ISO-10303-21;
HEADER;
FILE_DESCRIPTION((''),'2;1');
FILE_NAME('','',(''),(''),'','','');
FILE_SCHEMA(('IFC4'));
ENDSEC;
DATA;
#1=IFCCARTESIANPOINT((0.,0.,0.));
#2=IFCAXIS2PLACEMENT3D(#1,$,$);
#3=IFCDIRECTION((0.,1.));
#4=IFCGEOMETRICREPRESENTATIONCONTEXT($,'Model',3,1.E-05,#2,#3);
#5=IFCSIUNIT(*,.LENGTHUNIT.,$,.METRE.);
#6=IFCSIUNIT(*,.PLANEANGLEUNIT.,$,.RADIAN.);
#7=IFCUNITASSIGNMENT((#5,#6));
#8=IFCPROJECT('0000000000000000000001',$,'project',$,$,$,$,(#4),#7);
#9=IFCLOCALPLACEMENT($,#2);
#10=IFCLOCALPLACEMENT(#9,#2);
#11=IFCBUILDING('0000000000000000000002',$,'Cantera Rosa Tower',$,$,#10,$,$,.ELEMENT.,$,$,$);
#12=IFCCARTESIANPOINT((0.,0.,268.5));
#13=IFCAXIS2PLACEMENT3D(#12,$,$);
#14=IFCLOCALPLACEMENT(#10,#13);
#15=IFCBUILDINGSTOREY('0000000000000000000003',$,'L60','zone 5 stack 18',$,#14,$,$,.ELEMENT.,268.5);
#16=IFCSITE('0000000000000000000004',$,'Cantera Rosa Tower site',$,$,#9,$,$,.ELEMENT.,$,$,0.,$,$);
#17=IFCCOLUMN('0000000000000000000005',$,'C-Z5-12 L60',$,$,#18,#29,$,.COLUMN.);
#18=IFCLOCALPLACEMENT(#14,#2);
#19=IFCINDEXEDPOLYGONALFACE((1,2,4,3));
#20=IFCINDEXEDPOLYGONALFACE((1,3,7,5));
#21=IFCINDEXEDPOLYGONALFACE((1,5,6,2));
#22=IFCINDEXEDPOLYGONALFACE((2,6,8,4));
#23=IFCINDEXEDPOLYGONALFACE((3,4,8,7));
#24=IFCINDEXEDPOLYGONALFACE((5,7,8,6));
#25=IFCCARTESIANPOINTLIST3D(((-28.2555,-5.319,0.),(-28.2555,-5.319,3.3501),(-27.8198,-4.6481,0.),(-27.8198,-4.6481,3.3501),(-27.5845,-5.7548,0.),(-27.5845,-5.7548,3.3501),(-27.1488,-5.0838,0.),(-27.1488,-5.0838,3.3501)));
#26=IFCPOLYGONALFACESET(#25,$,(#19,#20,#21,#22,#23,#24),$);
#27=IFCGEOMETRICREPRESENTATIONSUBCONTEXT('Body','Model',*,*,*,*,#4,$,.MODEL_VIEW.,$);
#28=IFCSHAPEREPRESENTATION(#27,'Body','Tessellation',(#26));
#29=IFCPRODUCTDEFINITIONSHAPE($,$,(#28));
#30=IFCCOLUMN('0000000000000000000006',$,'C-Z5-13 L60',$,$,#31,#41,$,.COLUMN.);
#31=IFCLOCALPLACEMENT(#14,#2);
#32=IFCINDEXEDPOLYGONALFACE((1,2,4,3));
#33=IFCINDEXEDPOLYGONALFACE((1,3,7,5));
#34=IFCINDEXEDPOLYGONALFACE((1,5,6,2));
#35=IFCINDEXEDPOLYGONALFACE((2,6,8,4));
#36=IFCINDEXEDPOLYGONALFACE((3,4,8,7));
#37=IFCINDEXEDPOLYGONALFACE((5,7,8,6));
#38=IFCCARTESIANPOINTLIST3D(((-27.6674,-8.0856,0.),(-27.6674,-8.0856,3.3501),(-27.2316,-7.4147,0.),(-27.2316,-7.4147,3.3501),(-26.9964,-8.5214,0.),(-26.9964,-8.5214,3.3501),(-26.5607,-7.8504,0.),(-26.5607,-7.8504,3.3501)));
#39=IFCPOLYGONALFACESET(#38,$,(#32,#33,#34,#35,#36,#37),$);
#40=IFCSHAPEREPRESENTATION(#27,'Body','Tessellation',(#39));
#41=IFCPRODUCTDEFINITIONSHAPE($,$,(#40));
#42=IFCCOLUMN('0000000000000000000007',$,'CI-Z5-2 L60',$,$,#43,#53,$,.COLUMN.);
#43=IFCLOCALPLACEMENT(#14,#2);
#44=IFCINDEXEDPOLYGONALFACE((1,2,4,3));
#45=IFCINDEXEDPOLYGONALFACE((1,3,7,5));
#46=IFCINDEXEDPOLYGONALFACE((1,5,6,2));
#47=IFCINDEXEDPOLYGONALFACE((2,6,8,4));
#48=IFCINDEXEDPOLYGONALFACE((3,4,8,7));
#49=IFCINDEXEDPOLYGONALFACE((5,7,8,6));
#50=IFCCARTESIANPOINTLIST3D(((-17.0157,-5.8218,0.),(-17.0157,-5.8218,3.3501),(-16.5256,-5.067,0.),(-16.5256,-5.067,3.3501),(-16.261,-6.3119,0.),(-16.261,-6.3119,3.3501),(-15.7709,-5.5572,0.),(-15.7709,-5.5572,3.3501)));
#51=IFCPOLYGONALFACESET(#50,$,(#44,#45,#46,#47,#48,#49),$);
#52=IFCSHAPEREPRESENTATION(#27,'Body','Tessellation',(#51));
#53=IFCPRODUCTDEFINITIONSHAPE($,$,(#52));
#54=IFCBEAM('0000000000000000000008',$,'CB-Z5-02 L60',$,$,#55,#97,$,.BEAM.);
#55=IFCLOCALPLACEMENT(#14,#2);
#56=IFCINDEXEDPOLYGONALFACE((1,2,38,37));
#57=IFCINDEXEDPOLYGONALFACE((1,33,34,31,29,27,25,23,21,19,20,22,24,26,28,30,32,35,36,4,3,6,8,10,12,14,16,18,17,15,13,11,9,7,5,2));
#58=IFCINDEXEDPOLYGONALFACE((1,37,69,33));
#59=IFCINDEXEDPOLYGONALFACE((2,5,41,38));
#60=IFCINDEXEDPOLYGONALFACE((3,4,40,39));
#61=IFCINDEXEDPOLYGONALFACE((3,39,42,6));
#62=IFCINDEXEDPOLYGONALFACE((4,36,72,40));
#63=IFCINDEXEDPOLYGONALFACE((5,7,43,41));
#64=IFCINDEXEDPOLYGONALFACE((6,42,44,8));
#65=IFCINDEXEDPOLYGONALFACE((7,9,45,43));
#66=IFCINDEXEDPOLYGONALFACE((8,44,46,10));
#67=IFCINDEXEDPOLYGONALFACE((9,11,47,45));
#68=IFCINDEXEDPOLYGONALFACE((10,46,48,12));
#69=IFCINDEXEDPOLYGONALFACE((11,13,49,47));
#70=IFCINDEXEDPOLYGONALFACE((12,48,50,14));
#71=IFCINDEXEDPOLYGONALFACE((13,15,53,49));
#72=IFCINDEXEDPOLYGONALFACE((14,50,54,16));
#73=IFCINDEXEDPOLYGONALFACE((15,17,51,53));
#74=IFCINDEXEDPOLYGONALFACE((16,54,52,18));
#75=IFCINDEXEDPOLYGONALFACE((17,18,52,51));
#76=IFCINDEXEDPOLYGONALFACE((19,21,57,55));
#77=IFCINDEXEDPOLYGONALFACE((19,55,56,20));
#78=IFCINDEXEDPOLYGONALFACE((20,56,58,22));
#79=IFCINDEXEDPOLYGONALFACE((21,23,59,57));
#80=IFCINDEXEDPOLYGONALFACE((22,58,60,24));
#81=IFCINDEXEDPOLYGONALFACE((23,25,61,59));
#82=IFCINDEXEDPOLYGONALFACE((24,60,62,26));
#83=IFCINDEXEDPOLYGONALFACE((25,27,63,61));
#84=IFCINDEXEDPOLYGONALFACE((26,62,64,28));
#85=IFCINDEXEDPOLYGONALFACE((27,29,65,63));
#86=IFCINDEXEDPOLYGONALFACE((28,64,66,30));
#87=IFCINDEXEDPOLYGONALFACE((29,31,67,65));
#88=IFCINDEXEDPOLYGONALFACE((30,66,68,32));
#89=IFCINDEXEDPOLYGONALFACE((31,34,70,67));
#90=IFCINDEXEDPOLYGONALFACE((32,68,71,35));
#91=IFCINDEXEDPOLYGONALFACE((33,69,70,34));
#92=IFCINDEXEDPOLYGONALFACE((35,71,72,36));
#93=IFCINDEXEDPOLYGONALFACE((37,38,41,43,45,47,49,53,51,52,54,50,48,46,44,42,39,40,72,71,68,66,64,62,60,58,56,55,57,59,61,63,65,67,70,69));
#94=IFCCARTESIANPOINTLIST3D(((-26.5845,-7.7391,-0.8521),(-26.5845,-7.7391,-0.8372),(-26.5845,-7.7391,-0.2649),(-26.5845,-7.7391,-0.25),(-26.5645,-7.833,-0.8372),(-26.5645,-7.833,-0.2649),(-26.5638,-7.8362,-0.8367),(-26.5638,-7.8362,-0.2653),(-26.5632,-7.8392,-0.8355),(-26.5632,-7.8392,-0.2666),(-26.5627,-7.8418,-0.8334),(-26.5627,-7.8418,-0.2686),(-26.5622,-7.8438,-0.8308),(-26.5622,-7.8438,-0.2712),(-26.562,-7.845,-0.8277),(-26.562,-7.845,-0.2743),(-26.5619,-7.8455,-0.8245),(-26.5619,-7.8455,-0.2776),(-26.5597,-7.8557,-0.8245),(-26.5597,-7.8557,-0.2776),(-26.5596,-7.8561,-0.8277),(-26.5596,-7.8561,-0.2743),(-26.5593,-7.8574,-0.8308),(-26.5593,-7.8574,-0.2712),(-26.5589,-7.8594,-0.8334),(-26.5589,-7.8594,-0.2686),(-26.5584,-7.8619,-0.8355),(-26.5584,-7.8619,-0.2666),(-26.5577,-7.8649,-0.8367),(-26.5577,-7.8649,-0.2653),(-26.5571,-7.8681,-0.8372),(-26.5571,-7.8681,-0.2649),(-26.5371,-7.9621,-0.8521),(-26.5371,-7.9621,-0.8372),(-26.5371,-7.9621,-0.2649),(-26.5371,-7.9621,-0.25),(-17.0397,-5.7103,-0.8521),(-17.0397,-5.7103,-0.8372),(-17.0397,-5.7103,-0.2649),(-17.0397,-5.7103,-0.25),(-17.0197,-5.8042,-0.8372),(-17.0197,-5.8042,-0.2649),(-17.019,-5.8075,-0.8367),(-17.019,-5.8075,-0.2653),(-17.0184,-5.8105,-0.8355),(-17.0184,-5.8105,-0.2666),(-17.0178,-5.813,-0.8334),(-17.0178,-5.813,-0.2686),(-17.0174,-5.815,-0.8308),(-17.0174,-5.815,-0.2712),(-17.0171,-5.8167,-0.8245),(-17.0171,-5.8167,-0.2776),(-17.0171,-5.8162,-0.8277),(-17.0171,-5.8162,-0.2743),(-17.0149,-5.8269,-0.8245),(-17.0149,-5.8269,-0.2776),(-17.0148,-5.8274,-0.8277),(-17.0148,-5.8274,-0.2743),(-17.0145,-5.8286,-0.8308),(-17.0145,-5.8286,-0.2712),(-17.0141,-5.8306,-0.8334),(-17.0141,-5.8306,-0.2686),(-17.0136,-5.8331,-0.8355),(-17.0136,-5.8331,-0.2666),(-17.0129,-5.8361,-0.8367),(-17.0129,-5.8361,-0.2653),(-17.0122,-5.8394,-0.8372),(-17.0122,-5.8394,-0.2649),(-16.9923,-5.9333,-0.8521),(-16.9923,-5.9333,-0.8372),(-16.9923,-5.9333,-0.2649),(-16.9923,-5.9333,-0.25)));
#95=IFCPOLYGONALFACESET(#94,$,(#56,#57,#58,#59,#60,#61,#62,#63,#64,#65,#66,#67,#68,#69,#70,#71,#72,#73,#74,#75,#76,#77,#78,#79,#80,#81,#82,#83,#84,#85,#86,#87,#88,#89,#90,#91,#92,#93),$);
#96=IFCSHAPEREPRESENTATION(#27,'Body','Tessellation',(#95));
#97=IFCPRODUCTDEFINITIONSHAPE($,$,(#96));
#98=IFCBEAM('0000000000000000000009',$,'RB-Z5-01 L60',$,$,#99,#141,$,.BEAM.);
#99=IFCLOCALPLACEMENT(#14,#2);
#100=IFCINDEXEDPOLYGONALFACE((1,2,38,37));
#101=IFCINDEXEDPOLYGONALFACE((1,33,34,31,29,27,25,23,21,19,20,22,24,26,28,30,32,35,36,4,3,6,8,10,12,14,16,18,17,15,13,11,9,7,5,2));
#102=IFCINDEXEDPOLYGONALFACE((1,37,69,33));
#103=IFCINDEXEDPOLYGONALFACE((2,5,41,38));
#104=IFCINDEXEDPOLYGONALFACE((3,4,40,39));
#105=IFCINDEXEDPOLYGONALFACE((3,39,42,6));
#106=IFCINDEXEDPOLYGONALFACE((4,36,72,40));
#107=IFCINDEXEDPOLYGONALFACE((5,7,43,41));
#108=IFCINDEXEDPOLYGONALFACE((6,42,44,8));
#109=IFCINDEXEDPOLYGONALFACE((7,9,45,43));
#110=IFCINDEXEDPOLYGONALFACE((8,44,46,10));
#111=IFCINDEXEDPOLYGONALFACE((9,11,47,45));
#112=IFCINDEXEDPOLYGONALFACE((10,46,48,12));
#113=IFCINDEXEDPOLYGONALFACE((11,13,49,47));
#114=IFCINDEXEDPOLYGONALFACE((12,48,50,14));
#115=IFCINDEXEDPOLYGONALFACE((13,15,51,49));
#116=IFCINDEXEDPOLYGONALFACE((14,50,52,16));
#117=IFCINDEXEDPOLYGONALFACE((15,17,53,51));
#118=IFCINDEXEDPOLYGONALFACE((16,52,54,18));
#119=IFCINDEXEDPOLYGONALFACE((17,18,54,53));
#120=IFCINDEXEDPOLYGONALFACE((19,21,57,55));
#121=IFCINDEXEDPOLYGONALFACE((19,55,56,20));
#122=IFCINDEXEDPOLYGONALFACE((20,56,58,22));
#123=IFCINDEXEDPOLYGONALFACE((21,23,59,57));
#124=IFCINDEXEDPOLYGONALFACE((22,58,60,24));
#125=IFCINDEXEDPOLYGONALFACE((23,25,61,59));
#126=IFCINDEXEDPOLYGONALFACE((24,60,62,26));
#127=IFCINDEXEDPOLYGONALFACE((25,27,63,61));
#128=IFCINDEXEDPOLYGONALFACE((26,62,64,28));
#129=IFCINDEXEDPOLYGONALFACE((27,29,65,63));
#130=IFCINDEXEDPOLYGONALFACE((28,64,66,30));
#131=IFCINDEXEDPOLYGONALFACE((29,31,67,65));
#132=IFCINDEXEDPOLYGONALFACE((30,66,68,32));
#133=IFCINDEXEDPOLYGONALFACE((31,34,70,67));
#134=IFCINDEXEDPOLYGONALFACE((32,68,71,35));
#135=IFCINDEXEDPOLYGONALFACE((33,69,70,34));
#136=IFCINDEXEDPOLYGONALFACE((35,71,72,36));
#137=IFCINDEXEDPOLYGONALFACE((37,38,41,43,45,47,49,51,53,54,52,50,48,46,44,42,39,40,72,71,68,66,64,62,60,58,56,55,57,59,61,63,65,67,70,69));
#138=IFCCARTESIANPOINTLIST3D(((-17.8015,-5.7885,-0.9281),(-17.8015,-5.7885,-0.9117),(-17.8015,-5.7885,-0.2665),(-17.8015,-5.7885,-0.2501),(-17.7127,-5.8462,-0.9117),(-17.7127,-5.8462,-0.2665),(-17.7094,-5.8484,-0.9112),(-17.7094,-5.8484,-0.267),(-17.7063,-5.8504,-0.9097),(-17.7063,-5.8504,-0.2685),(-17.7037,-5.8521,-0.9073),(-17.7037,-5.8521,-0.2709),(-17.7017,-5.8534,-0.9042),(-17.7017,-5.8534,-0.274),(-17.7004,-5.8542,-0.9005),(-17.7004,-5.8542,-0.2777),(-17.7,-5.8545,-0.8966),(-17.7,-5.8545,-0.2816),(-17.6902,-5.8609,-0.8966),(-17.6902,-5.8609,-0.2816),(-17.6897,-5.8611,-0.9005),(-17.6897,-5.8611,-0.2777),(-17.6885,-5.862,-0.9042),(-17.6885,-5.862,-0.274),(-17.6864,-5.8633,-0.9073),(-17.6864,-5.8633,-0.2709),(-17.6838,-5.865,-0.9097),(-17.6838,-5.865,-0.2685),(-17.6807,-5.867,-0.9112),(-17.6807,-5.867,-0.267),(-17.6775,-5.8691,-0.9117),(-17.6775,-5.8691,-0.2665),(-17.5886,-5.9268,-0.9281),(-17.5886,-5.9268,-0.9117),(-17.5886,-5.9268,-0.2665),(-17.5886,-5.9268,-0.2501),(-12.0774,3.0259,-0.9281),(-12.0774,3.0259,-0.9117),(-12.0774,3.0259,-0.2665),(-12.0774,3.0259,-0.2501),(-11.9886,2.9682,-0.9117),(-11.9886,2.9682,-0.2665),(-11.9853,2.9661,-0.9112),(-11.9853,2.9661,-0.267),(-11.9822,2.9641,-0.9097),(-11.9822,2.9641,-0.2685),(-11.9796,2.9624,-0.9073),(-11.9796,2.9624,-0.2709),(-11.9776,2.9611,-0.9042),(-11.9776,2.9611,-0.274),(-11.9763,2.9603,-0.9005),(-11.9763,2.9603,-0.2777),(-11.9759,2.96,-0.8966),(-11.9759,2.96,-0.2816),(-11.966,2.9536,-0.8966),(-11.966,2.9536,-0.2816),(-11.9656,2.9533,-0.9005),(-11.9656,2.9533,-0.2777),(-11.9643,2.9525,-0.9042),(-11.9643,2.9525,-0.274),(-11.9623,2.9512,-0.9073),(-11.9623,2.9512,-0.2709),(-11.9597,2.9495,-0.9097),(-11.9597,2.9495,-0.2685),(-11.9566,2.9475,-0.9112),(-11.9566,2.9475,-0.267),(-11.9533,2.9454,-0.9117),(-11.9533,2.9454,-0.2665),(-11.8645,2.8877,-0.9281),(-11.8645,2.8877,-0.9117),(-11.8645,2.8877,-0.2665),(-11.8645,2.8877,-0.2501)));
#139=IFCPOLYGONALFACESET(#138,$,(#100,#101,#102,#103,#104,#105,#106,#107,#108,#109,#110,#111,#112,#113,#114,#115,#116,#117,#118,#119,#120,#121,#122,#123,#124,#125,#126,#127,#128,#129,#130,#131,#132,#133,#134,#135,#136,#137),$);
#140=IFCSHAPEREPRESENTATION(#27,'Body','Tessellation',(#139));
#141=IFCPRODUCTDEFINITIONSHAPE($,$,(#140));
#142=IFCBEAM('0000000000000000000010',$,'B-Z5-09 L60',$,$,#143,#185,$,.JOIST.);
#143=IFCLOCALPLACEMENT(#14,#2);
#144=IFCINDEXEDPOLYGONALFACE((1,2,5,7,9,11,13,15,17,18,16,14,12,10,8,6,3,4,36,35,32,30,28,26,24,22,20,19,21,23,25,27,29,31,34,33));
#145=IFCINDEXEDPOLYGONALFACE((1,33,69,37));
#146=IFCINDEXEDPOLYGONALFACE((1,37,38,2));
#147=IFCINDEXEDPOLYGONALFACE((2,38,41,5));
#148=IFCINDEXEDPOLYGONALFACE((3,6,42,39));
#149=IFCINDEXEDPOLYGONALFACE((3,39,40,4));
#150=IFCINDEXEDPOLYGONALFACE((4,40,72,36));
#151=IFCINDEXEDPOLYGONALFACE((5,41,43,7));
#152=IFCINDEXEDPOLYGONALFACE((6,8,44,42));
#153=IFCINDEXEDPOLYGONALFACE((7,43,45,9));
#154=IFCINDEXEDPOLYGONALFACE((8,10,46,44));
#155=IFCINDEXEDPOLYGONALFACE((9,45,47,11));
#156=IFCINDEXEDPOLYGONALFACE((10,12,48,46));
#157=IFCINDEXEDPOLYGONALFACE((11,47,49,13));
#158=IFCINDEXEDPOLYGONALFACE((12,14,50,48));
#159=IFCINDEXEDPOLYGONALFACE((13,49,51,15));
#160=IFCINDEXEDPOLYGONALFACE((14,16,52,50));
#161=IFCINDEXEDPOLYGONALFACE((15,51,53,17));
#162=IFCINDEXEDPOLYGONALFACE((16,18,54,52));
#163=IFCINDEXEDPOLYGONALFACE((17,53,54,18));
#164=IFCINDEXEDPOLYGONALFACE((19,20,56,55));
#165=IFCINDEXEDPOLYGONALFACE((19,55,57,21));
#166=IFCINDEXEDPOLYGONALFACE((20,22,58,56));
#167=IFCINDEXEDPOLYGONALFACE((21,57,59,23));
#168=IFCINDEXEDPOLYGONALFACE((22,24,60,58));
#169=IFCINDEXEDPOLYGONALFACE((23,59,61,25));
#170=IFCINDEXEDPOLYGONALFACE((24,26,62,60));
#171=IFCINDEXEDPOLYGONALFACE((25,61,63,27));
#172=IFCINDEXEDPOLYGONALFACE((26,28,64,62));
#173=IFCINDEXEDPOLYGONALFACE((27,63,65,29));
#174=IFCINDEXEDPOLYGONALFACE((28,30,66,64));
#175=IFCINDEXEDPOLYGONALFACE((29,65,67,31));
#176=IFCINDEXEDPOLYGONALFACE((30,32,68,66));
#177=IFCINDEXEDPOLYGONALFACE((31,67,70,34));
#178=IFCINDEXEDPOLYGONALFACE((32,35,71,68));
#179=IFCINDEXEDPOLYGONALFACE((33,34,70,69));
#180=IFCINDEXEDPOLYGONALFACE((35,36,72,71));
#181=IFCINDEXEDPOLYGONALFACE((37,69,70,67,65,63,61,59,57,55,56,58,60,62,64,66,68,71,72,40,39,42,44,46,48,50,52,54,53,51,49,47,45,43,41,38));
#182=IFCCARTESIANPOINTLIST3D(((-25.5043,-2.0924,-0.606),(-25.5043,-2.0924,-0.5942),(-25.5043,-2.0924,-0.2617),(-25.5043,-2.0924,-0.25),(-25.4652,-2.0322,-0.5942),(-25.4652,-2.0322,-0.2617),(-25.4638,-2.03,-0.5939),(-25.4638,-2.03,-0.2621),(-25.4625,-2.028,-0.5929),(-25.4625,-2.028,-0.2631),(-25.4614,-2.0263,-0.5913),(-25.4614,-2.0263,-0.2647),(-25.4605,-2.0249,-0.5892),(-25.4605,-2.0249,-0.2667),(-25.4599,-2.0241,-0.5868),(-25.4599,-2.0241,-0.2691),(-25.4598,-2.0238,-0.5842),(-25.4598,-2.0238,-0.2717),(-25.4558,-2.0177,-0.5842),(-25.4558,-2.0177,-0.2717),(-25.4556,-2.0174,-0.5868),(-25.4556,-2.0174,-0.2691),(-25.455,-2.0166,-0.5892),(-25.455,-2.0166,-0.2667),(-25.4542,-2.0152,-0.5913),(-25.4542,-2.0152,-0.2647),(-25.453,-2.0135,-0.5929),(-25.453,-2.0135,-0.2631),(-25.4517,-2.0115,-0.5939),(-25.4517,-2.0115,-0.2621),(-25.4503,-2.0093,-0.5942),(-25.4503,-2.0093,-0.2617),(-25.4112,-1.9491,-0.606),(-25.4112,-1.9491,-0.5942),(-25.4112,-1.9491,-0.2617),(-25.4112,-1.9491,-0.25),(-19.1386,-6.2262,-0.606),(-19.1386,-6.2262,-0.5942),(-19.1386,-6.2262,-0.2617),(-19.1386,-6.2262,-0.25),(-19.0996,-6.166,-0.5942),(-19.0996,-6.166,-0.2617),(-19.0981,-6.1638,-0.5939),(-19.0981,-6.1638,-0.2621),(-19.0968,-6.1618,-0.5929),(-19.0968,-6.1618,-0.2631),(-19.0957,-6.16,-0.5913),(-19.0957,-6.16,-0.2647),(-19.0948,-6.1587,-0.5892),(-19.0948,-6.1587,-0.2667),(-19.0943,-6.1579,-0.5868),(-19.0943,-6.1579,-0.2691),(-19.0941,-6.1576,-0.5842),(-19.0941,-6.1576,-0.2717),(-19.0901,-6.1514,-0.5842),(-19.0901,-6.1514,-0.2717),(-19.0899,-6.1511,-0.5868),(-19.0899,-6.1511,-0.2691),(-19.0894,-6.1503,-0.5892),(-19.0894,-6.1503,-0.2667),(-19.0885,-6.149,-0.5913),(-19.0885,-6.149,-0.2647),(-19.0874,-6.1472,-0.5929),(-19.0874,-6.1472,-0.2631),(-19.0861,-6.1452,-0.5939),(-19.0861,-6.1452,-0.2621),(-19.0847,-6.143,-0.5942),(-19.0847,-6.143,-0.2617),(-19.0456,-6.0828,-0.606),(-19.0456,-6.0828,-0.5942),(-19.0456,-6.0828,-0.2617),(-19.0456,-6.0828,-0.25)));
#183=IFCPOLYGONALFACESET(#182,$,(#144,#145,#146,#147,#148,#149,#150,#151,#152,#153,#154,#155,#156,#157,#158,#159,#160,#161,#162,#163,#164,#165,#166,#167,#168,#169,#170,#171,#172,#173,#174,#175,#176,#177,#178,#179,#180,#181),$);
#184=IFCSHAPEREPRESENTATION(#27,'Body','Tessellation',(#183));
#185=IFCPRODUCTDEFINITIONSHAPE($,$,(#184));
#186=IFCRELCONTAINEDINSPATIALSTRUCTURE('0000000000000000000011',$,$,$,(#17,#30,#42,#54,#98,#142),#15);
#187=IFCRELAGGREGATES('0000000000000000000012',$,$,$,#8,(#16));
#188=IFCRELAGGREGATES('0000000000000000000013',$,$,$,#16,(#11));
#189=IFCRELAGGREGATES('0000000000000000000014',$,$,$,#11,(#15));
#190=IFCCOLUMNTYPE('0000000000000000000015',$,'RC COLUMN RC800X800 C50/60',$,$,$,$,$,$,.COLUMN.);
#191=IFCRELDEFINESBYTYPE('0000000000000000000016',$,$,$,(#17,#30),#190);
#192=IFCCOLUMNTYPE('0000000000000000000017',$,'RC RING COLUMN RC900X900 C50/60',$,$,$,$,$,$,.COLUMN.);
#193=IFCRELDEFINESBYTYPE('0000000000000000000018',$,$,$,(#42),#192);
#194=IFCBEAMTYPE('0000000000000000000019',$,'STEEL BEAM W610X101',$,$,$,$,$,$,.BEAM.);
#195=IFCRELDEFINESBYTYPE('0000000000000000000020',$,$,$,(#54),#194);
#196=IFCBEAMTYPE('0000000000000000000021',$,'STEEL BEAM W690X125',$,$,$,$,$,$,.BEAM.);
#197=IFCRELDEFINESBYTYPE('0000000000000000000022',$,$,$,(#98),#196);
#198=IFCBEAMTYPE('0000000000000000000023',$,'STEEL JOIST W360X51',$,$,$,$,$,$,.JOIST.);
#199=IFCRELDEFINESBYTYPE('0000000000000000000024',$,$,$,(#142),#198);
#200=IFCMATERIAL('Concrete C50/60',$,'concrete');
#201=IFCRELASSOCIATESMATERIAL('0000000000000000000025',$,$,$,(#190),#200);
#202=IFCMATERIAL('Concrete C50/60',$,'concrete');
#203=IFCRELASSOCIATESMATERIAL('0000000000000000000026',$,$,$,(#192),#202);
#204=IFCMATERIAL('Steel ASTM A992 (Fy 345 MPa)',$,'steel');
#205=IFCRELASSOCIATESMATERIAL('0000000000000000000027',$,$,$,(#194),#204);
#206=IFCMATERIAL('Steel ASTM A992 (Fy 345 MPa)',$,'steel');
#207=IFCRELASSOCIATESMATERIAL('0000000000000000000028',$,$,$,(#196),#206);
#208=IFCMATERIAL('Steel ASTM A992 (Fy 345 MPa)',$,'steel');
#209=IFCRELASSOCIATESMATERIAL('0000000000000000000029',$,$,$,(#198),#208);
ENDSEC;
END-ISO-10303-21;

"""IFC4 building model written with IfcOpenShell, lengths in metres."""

from ifc_helpers import new_model, si_unit, direction, frame, origin, origin_2d, place, context, subcontext, project, spatial, rectangle, i_section, extrude, material, material_profile, profile_set, type_object, element, save


model = new_model("IFC4")

# Units and contexts
model_context = context("Model", 3, precision=1e-05, world=origin(), true_north=direction((0.0, 1.0)))
body_context = subcontext(model_context, "Body", "Model", "MODEL_VIEW")
ifc_project = project(units=[si_unit("LENGTHUNIT", "METRE"), si_unit("PLANEANGLEUNIT", "RADIAN")], contexts=[model_context])

# Site, building, storey
site_placement = place(None, origin())
site = spatial("IfcSite", under=ifc_project, at=site_placement, Name="Cantera Rosa Tower site", CompositionType="ELEMENT", RefElevation=0.0)
building_placement = place(site_placement, origin())
building = spatial("IfcBuilding", under=site, at=building_placement, Name="Cantera Rosa Tower", CompositionType="ELEMENT")
storey_placement = place(building_placement, frame((0.0, 0.0, 268.5)))
storey = spatial("IfcBuildingStorey", under=building, at=storey_placement, Name="L60", Description="zone 5 stack 18", CompositionType="ELEMENT", Elevation=268.5)

# Columns
ifc_material_1 = material(Name="Concrete C50/60", Category="concrete")
ifc_material_profile_1 = material_profile(ifc_material_1, rectangle(XDim=0.8, YDim=0.8, at=origin_2d()), Name="RC COLUMN RC800X800 C50/60")
ifc_profile_set_1 = profile_set([ifc_material_profile_1], Name="Concrete C50/60")
column_type_1 = type_object("IfcColumnType", Name="RC COLUMN RC800X800 C50/60", PredefinedType="COLUMN", material=ifc_profile_set_1)
for number, where, z_axis, x_axis, name in (
    (1, (-27.7021, -5.2014, 0.0), (0.0, 0.0, 1.0), (0.544639, 0.838671, 0.0), "C-Z5-12 L60"),
    (2, (-27.114, -7.968, 0.0), (0.0, 0.0, 1.0), (0.544639, 0.838671, 0.0), "C-Z5-13 L60"),
):
    element("IfcColumn", number, at=place(storey_placement, frame(where, z_axis=z_axis, x_axis=x_axis)), inside=storey, type_object=column_type_1, Name=name, PredefinedType="COLUMN", context=body_context, shape_type="SweptSolid", body=[
        extrude(rectangle(XDim=0.8, YDim=0.8, at=origin_2d()), origin(), (0.0, 0.0, 1.0), 3.3501),
    ])
ifc_material_2 = material(Name="Concrete C50/60", Category="concrete")
ifc_material_profile_2 = material_profile(ifc_material_2, rectangle(XDim=0.8999, YDim=0.8999, at=origin_2d()), Name="RC RING COLUMN RC900X900 C50/60")
ifc_profile_set_2 = profile_set([ifc_material_profile_2], Name="Concrete C50/60")
column_type_2 = type_object("IfcColumnType", Name="RC RING COLUMN RC900X900 C50/60", PredefinedType="COLUMN", material=ifc_profile_set_2)
column_placement = place(storey_placement, frame((-16.3933, -5.6895, 0.0), z_axis=(0.0, 0.0, 1.0), x_axis=(0.544639, 0.838671, 0.0)))
element("IfcColumn", 3, at=column_placement, inside=storey, type_object=column_type_2, Name="CI-Z5-2 L60", PredefinedType="COLUMN", context=body_context, shape_type="SweptSolid", body=[
    extrude(rectangle(XDim=0.8999, YDim=0.8999, at=origin_2d()), origin(), (0.0, 0.0, 1.0), 3.3501),
])

# Beams
ifc_material_3 = material(Name="Steel ASTM A992 (Fy 345 MPa)", Category="steel")
ifc_material_profile_3 = material_profile(ifc_material_3, i_section(OverallWidth=0.228, OverallDepth=0.6021, WebThickness=0.0105, FlangeThickness=0.0149, FilletRadius=0.0127, at=origin_2d()), Name="W610X101")
ifc_profile_set_3 = profile_set([ifc_material_profile_3], Name="Steel ASTM A992 (Fy 345 MPa)")
beam_type_1 = type_object("IfcBeamType", Name="STEEL BEAM W610X101", PredefinedType="BEAM", material=ifc_profile_set_3)
beam_1_placement = place(storey_placement, frame((-26.5608, -7.8506, -0.551), z_axis=(0.978148, 0.207909, 0.0), x_axis=(-0.207909, 0.978148, 0.0)))
element("IfcBeam", 4, at=beam_1_placement, inside=storey, type_object=beam_type_1, Name="CB-Z5-02 L60", PredefinedType="BEAM", context=body_context, shape_type="SweptSolid", body=[
    extrude(i_section(OverallWidth=0.228, OverallDepth=0.6021, WebThickness=0.0105, FlangeThickness=0.0149, FilletRadius=0.0127, at=origin_2d()), origin(), (0.0, 0.0, 1.0), 9.7581),
])
ifc_material_4 = material(Name="Steel ASTM A992 (Fy 345 MPa)", Category="steel")
ifc_material_profile_4 = material_profile(ifc_material_4, i_section(OverallWidth=0.2539, OverallDepth=0.678, WebThickness=0.0117, FlangeThickness=0.0164, FilletRadius=0.0151, at=origin_2d()), Name="W690X125")
ifc_profile_set_4 = profile_set([ifc_material_profile_4], Name="Steel ASTM A992 (Fy 345 MPa)")
beam_type_2 = type_object("IfcBeamType", Name="STEEL BEAM W690X125", PredefinedType="BEAM", material=ifc_profile_set_4)
beam_2_placement = place(storey_placement, frame((-17.6951, -5.8577, -0.5891), z_axis=(0.544636, 0.838673, 0.0), x_axis=(-0.838673, 0.544636, 0.0)))
element("IfcBeam", 5, at=beam_2_placement, inside=storey, type_object=beam_type_2, Name="RB-Z5-01 L60", PredefinedType="BEAM", context=body_context, shape_type="SweptSolid", body=[
    extrude(i_section(OverallWidth=0.2539, OverallDepth=0.678, WebThickness=0.0117, FlangeThickness=0.0164, FilletRadius=0.0151, at=origin_2d()), origin(), (0.0, 0.0, 1.0), 10.51),
])
ifc_material_5 = material(Name="Steel ASTM A992 (Fy 345 MPa)", Category="steel")
ifc_material_profile_5 = material_profile(ifc_material_5, i_section(OverallWidth=0.1709, OverallDepth=0.356, WebThickness=0.0073, FlangeThickness=0.0117, FilletRadius=0.01, at=origin_2d()), Name="W360X51")
ifc_profile_set_5 = profile_set([ifc_material_profile_5], Name="Steel ASTM A992 (Fy 345 MPa)")
beam_type_3 = type_object("IfcBeamType", Name="STEEL JOIST W360X51", PredefinedType="JOIST", material=ifc_profile_set_5)
beam_3_placement = place(storey_placement, frame((-25.4578, -2.0208, -0.428), z_axis=(0.83868, -0.544624, 0.0), x_axis=(0.544624, 0.83868, 0.0)))
element("IfcBeam", 6, at=beam_3_placement, inside=storey, type_object=beam_type_3, Name="B-Z5-09 L60", PredefinedType="JOIST", context=body_context, shape_type="SweptSolid", body=[
    extrude(i_section(OverallWidth=0.1709, OverallDepth=0.356, WebThickness=0.0073, FlangeThickness=0.0117, FilletRadius=0.01, at=origin_2d()), origin(), (0.0, 0.0, 1.0), 7.5901),
])

save(model, "model.ifc")
